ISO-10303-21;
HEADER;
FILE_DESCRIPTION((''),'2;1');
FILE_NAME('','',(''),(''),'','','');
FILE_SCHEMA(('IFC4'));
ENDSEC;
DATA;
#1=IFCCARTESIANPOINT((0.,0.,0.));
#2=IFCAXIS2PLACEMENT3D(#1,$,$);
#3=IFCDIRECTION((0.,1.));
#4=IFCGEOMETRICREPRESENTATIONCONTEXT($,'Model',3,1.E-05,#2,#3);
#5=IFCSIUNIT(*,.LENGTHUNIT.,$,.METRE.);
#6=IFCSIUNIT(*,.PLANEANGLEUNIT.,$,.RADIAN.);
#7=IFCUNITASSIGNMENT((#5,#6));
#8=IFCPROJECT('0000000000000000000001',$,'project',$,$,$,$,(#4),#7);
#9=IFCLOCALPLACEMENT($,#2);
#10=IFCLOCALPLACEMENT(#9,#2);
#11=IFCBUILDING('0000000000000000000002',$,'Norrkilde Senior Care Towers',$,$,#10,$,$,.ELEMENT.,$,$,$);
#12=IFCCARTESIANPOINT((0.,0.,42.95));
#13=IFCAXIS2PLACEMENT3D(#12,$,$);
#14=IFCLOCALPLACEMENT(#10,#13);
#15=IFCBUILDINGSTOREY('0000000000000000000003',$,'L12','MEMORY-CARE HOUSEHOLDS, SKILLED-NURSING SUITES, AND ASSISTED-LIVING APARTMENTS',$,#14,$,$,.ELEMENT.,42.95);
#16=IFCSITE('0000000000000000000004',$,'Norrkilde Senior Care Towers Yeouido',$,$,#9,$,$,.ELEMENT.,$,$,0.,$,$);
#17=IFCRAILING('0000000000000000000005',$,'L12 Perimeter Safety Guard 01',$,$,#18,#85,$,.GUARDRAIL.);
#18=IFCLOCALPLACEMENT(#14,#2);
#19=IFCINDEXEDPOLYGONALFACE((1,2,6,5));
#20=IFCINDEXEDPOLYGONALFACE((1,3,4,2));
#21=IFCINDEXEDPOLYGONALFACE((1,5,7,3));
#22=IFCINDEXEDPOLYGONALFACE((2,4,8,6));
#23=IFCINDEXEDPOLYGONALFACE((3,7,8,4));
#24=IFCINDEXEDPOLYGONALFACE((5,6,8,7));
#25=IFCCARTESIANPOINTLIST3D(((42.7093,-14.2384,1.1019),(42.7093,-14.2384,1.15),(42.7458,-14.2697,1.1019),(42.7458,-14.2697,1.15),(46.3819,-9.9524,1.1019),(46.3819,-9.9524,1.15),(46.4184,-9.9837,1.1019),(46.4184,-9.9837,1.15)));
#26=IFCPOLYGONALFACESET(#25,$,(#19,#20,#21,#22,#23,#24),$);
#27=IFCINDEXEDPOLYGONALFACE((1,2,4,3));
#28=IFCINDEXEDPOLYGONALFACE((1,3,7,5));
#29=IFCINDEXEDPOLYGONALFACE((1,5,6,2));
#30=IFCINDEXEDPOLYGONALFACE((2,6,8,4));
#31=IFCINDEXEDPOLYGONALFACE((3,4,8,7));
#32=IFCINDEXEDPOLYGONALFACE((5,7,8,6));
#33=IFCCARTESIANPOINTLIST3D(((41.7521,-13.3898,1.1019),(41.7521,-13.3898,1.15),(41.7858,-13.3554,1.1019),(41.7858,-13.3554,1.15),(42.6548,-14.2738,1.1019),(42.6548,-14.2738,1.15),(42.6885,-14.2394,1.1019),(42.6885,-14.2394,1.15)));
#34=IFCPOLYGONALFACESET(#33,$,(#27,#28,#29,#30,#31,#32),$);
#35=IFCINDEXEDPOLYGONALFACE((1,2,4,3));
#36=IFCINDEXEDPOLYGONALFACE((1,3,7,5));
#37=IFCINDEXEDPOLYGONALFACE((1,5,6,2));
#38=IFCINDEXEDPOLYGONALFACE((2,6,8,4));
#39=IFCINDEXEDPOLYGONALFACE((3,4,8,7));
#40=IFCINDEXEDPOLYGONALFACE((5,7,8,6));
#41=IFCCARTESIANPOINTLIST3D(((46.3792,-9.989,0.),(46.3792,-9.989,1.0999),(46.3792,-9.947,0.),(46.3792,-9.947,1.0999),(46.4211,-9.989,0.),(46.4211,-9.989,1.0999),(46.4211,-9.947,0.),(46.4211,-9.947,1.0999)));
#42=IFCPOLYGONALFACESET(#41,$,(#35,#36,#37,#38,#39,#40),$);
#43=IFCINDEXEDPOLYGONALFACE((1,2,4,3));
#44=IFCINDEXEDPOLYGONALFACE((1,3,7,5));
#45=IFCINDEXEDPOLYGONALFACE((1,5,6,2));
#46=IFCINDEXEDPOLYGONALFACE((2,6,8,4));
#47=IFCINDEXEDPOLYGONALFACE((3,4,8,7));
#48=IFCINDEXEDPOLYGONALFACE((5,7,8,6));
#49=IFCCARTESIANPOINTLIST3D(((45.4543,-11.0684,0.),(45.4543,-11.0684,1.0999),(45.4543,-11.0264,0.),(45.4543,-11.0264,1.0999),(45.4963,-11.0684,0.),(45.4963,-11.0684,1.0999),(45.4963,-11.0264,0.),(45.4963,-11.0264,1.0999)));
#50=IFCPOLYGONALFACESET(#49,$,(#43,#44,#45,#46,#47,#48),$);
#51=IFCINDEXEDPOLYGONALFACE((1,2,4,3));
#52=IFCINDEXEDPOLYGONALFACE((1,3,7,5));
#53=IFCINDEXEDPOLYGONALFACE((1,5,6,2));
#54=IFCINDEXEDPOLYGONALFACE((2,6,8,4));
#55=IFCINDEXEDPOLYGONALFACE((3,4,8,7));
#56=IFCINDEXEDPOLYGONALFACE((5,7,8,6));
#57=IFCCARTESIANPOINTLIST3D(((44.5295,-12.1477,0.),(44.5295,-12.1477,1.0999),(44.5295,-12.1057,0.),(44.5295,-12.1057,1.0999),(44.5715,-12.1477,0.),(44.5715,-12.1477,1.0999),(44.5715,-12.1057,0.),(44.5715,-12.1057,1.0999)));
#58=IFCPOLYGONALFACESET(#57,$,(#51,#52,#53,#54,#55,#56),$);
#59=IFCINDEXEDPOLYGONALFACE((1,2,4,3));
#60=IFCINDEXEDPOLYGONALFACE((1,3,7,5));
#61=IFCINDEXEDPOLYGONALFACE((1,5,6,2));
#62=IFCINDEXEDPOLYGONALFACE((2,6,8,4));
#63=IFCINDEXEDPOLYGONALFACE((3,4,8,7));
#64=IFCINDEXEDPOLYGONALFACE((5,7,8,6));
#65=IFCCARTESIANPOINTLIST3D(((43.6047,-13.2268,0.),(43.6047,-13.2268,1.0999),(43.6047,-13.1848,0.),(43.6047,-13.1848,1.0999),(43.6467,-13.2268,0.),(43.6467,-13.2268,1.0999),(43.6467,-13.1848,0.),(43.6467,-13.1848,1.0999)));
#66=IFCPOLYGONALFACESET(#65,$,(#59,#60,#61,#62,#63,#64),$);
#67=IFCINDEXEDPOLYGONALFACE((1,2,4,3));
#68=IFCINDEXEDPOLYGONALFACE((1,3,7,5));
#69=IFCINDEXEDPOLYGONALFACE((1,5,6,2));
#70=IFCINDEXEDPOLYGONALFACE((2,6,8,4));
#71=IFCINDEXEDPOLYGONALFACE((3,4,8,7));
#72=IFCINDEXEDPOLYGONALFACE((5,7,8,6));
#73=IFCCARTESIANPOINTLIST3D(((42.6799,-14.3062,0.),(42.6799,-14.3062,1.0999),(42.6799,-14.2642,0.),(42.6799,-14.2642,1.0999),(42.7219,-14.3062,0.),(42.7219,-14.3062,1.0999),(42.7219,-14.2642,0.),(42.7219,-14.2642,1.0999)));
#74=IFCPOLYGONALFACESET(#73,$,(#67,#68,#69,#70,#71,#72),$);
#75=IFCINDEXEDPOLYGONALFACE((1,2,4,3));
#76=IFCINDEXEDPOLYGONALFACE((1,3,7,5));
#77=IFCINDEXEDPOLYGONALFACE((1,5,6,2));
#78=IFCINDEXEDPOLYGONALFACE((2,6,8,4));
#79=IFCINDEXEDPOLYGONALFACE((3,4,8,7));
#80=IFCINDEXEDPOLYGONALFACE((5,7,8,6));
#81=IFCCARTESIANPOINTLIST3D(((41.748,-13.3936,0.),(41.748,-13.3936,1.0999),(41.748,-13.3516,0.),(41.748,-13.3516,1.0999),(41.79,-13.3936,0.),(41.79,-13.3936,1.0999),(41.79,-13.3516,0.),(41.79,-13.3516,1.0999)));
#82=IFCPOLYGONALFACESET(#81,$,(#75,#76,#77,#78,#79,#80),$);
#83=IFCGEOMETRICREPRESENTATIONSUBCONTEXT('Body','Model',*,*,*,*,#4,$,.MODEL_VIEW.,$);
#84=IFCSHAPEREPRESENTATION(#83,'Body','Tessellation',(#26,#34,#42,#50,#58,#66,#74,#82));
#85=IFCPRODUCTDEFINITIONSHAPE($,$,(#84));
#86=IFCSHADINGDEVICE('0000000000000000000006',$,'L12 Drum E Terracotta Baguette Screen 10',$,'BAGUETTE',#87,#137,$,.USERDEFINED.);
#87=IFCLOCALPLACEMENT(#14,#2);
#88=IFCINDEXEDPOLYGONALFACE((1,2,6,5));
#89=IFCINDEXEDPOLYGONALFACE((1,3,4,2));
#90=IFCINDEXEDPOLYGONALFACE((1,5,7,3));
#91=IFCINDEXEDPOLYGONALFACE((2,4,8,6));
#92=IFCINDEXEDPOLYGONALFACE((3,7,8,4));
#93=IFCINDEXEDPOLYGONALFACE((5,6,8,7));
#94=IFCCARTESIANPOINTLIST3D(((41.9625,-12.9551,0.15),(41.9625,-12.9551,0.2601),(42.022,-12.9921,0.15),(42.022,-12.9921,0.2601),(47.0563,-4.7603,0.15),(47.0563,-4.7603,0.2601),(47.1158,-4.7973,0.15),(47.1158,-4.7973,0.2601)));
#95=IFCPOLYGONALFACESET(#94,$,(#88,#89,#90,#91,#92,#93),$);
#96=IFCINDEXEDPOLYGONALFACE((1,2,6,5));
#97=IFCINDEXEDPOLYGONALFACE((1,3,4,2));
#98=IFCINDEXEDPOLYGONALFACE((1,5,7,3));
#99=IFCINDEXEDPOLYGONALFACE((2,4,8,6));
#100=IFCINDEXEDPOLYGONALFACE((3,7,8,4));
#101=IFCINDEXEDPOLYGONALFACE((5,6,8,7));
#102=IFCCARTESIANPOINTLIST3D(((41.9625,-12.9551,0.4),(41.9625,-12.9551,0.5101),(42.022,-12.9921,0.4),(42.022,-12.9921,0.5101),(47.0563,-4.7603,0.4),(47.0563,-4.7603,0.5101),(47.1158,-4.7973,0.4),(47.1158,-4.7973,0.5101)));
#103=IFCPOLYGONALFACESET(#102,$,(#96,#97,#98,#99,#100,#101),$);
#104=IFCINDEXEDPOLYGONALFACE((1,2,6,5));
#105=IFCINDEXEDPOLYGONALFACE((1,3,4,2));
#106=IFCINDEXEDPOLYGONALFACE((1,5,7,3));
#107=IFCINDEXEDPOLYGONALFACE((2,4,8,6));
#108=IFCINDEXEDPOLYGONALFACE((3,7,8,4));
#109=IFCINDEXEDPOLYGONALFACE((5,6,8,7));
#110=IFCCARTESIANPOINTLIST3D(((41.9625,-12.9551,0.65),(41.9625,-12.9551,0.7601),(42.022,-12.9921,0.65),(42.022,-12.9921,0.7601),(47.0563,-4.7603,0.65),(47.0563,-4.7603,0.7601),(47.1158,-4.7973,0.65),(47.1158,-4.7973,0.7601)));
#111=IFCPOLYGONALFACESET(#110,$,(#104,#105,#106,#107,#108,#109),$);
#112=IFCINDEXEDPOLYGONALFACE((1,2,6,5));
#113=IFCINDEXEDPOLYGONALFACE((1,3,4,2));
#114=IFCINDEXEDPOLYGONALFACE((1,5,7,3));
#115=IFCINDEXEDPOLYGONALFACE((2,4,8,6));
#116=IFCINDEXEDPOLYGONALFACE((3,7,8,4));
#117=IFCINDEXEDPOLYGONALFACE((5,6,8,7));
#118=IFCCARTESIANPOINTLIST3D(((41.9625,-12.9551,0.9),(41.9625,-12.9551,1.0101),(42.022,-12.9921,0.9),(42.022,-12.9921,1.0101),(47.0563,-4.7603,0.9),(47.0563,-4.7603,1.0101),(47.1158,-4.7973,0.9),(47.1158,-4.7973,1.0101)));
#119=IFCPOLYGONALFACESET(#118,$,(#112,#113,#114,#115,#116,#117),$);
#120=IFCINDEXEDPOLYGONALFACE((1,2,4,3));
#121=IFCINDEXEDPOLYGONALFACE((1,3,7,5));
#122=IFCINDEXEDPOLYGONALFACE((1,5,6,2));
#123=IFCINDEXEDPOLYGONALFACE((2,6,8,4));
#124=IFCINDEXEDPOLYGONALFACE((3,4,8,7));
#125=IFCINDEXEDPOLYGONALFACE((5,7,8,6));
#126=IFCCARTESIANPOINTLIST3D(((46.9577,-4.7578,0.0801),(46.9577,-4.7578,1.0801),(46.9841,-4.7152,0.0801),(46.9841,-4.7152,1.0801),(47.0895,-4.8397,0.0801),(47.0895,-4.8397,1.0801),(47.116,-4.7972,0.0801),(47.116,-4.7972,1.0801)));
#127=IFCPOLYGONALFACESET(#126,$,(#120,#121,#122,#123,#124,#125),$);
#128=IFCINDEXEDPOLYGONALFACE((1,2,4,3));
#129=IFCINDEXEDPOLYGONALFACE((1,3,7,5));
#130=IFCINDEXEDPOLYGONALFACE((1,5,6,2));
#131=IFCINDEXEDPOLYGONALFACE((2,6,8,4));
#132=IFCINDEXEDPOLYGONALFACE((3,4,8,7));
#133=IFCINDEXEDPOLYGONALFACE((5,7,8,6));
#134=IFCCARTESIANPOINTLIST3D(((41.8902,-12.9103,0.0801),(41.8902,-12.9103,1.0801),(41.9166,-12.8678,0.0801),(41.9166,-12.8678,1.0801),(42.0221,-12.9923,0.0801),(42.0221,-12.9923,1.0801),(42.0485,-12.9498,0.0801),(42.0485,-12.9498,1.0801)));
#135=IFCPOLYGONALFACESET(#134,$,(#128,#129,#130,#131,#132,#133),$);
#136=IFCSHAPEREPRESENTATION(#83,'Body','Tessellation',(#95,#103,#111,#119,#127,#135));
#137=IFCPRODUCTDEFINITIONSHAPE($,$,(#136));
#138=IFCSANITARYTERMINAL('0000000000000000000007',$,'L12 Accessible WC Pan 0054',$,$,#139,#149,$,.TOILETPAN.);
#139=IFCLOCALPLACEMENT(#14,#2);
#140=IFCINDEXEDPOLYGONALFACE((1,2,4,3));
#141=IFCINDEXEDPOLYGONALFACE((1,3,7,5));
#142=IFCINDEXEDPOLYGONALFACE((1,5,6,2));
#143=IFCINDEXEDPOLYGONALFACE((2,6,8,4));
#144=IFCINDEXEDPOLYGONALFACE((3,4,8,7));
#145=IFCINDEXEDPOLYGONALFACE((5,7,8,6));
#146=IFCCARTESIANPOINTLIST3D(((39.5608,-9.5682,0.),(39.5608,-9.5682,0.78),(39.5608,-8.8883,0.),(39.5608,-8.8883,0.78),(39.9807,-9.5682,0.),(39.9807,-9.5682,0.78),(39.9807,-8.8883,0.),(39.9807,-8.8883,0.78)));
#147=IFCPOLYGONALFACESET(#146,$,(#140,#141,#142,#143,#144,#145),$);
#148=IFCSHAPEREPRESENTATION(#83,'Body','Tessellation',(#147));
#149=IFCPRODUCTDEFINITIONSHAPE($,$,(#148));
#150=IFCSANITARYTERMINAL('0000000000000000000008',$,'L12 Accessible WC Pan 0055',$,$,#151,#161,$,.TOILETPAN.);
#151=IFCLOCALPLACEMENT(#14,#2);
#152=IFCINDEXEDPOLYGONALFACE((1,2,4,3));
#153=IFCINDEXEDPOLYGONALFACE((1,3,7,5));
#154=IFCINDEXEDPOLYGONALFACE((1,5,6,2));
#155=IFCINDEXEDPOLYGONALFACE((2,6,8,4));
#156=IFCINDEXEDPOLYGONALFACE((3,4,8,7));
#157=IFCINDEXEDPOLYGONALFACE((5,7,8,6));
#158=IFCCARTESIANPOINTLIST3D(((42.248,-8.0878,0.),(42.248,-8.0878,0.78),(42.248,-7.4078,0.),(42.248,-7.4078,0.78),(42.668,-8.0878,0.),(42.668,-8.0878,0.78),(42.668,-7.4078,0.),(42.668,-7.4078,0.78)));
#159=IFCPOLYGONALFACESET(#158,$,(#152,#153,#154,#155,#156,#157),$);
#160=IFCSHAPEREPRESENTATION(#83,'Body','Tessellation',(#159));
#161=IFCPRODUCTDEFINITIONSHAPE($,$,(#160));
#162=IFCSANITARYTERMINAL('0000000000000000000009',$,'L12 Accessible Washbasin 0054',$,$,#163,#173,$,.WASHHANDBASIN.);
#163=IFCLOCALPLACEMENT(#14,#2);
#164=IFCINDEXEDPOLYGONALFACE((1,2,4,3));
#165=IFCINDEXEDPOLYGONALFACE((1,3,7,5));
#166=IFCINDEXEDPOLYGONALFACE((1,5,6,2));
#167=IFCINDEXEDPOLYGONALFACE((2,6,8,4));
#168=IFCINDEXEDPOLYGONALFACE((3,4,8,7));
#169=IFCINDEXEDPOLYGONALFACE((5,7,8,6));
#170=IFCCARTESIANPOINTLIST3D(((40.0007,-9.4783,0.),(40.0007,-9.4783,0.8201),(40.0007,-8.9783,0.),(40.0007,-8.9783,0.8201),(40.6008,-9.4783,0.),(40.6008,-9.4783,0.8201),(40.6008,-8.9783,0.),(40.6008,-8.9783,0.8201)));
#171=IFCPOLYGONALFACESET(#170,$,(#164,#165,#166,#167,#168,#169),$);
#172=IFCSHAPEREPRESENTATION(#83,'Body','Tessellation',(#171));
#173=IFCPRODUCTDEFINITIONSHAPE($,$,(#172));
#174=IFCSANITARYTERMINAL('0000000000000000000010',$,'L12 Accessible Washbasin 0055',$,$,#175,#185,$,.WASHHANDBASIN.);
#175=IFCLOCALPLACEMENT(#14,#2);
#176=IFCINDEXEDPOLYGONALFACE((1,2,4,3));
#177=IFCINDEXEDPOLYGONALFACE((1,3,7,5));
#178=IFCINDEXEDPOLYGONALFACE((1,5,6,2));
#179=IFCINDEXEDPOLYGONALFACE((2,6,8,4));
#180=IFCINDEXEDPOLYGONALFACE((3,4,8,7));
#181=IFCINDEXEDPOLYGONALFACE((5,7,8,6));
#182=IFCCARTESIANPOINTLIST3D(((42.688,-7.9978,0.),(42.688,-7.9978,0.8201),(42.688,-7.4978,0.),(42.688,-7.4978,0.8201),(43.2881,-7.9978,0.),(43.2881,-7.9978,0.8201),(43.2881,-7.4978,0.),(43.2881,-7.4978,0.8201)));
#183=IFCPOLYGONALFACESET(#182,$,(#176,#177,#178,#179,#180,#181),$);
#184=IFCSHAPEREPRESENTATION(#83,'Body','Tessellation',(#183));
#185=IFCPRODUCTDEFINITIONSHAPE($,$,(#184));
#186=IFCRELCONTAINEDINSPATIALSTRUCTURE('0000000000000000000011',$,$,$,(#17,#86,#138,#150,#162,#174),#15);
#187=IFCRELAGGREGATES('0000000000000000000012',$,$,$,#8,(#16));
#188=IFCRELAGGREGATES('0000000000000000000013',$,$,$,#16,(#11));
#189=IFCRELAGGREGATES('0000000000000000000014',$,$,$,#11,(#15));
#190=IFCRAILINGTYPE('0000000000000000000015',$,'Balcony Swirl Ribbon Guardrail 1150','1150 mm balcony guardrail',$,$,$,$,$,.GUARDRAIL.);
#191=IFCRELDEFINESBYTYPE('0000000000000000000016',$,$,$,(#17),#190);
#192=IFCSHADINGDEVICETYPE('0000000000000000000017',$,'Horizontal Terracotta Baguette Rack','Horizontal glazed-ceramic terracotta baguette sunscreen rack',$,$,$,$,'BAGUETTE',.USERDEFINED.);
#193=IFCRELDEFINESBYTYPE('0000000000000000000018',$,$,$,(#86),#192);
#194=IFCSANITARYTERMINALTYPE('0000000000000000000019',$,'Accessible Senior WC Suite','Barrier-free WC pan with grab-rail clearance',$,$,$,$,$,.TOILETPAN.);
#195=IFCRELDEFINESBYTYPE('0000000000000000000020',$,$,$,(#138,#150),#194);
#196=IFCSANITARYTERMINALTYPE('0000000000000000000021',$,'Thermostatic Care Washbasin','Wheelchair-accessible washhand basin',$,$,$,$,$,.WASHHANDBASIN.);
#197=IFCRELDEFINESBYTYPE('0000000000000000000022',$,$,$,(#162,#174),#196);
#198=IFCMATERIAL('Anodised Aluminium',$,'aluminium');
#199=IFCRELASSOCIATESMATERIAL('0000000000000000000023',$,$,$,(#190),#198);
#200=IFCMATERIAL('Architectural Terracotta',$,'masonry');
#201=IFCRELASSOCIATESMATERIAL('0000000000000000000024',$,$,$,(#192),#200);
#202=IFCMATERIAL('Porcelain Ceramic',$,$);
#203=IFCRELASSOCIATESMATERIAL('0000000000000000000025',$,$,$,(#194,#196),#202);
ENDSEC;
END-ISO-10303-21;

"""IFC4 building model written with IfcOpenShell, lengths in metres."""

from ifc_helpers import new_model, si_unit, direction, frame, origin, origin_2d, place, context, subcontext, project, spatial, rectangle, extrude, source, transform, mapped, material, type_object, type_shapes, element, save


model = new_model("IFC4")

# Units and contexts
model_context = context("Model", 3, precision=1e-05, world=origin(), true_north=direction((0.0, 1.0)))
body_context = subcontext(model_context, "Body", "Model", "MODEL_VIEW")
ifc_project = project(units=[si_unit("LENGTHUNIT", "METRE"), si_unit("PLANEANGLEUNIT", "RADIAN")], contexts=[model_context])

# Site, building, storey
site_placement = place(None, origin())
site = spatial("IfcSite", under=ifc_project, at=site_placement, Name="Norrkilde Senior Care Towers Yeouido", CompositionType="ELEMENT", RefElevation=0.0)
building_placement = place(site_placement, origin())
building = spatial("IfcBuilding", under=site, at=building_placement, Name="Norrkilde Senior Care Towers", CompositionType="ELEMENT")
storey_placement = place(building_placement, frame((0.0, 0.0, 42.95)))
storey = spatial("IfcBuildingStorey", under=building, at=storey_placement, Name="L12", Description="MEMORY-CARE HOUSEHOLDS, SKILLED-NURSING SUITES, AND ASSISTED-LIVING APARTMENTS", CompositionType="ELEMENT", Elevation=42.95)

# Shared definitions
ifc_material_1 = material(Name="Anodised Aluminium", Category="aluminium")

# Railing
railing_type = type_object("IfcRailingType", Name="Balcony Swirl Ribbon Guardrail 1150", Description="1150 mm balcony guardrail", PredefinedType="GUARDRAIL", material=ifc_material_1)
railing_placement = place(storey_placement, frame((46.4001, -9.968, 0.0)))
element("IfcRailing", 1, at=railing_placement, inside=storey, type_object=railing_type, Name="L12 Perimeter Safety Guard 01", PredefinedType="GUARDRAIL", context=body_context, shape_type="SweptSolid", body=[
    extrude(rectangle(XDim=0.0481, YDim=0.0481, at=origin_2d()), frame((0.0, 0.0, 1.126), z_axis=(-0.650671, -0.75936, 0.0), x_axis=(0.75936, -0.650671, 0.0)), (0.0, 0.0, 1.0), 5.6443),
    extrude(rectangle(XDim=0.0481, YDim=0.0481, at=origin_2d()), frame((-3.7285, -4.2886, 1.126), z_axis=(-0.714462, 0.699675, 0.0), x_axis=(-0.699675, -0.714462, 0.0)), (0.0, 0.0, 1.0), 1.2634),
    extrude(rectangle(XDim=0.042, YDim=0.042, at=origin_2d()), origin(), (0.0, 0.0, 1.0), 1.0999),
    extrude(rectangle(XDim=0.042, YDim=0.042, at=origin_2d()), frame((-0.9248, -1.0793, 0.0)), (0.0, 0.0, 1.0), 1.0999),
    extrude(rectangle(XDim=0.042, YDim=0.042, at=origin_2d()), frame((-1.8496, -2.1587, 0.0)), (0.0, 0.0, 1.0), 1.0999),
    extrude(rectangle(XDim=0.042, YDim=0.042, at=origin_2d()), frame((-2.7744, -3.2378, 0.0)), (0.0, 0.0, 1.0), 1.0999),
    extrude(rectangle(XDim=0.042, YDim=0.042, at=origin_2d()), frame((-3.6992, -4.3171, 0.0)), (0.0, 0.0, 1.0), 1.0999),
    extrude(rectangle(XDim=0.042, YDim=0.042, at=origin_2d()), frame((-4.6311, -3.4045, 0.0)), (0.0, 0.0, 1.0), 1.0999),
])

# Shading device
ifc_material_2 = material(Name="Architectural Terracotta", Category="masonry")
shading_device_type = type_object("IfcShadingDeviceType", Name="Horizontal Terracotta Baguette Rack", Description="Horizontal glazed-ceramic terracotta baguette sunscreen rack", ElementType="BAGUETTE", PredefinedType="USERDEFINED", material=ifc_material_2)
shared_shape_1 = source(origin(), body_context, "Body", "SweptSolid", [
    extrude(rectangle(XDim=0.0701, YDim=0.1101, at=origin_2d()), frame((0.0, 0.0901, 0.125), z_axis=(1.0, 0.0, 0.0), x_axis=(0.0, 1.0, 0.0)), (0.0, 0.0, 1.0), 9.6489),
    extrude(rectangle(XDim=0.0701, YDim=0.1101, at=origin_2d()), frame((0.0, 0.0901, 0.375), z_axis=(1.0, 0.0, 0.0), x_axis=(0.0, 1.0, 0.0)), (0.0, 0.0, 1.0), 9.6489),
    extrude(rectangle(XDim=0.0701, YDim=0.1101, at=origin_2d()), frame((0.0, 0.0901, 0.625), z_axis=(1.0, 0.0, 0.0), x_axis=(0.0, 1.0, 0.0)), (0.0, 0.0, 1.0), 9.6489),
    extrude(rectangle(XDim=0.0701, YDim=0.1101, at=origin_2d()), frame((0.0, 0.0901, 0.875), z_axis=(1.0, 0.0, 0.0), x_axis=(0.0, 1.0, 0.0)), (0.0, 0.0, 1.0), 9.6489),
    extrude(rectangle(XDim=0.05, YDim=0.1553, at=origin_2d()), frame((0.0249, 0.0476, 0.0)), (0.0, 0.0, 1.0), 1.0),
    extrude(rectangle(XDim=0.05, YDim=0.1553, at=origin_2d()), frame((9.624, 0.0476, 0.0)), (0.0, 0.0, 1.0), 1.0),
])
type_shapes(shading_device_type, [shared_shape_1])
shading_device_placement = place(storey_placement, frame((47.0095, -4.7312, 0.0801), z_axis=(0.0, 0.0, 1.0), x_axis=(-0.527909, -0.849299, 0.0)))
element("IfcShadingDevice", 2, at=shading_device_placement, inside=storey, type_object=shading_device_type, Name="L12 Drum E Terracotta Baguette Screen 10", ObjectType="BAGUETTE", PredefinedType="USERDEFINED", context=body_context, shape_type="MappedRepresentation", body=[
    mapped(shared_shape_1, transform((0.0, 0.0, 0.0), x_axis=(1.0, 0.0, 0.0), y_axis=(0.0, 1.0, 0.0), z_axis=(0.0, 0.0, 1.0), scale=1.0)),
])

# Sanitary terminals
ifc_material_3 = material(Name="Porcelain Ceramic")
sanitary_terminal_type_1 = type_object("IfcSanitaryTerminalType", Name="Accessible Senior WC Suite", Description="Barrier-free WC pan with grab-rail clearance", PredefinedType="TOILETPAN", material=ifc_material_3)
shared_shape_2 = source(origin(), body_context, "Body", "SweptSolid", [
    extrude(rectangle(XDim=0.4199, YDim=0.6799, at=origin_2d()), origin(), (0.0, 0.0, 1.0), 0.78),
])
type_shapes(sanitary_terminal_type_1, [shared_shape_2])
for number, where, z_axis, x_axis, name in (
    (3, (39.7708, -9.2283, 0.0), (0.0, 0.0, 1.0), (1.0, 0.0, 0.0), "L12 Accessible WC Pan 0054"),
    (4, (42.458, -7.7478, 0.0), (0.0, 0.0, 1.0), (1.0, 0.0, 0.0), "L12 Accessible WC Pan 0055"),
):
    element("IfcSanitaryTerminal", number, at=place(storey_placement, frame(where, z_axis=z_axis, x_axis=x_axis)), inside=storey, type_object=sanitary_terminal_type_1, Name=name, PredefinedType="TOILETPAN", context=body_context, shape_type="MappedRepresentation", body=[
        mapped(shared_shape_2, transform((0.0, 0.0, 0.0), x_axis=(1.0, 0.0, 0.0), y_axis=(0.0, 1.0, 0.0), z_axis=(0.0, 0.0, 1.0), scale=1.0)),
    ])
sanitary_terminal_type_2 = type_object("IfcSanitaryTerminalType", Name="Thermostatic Care Washbasin", Description="Wheelchair-accessible washhand basin", PredefinedType="WASHHANDBASIN", material=ifc_material_3)
shared_shape_3 = source(origin(), body_context, "Body", "SweptSolid", [
    extrude(rectangle(XDim=0.6001, YDim=0.5, at=origin_2d()), origin(), (0.0, 0.0, 1.0), 0.8201),
])
type_shapes(sanitary_terminal_type_2, [shared_shape_3])
for number, where, z_axis, x_axis, name in (
    (5, (40.3008, -9.2283, 0.0), (0.0, 0.0, 1.0), (1.0, 0.0, 0.0), "L12 Accessible Washbasin 0054"),
    (6, (42.988, -7.7478, 0.0), (0.0, 0.0, 1.0), (1.0, 0.0, 0.0), "L12 Accessible Washbasin 0055"),
):
    element("IfcSanitaryTerminal", number, at=place(storey_placement, frame(where, z_axis=z_axis, x_axis=x_axis)), inside=storey, type_object=sanitary_terminal_type_2, Name=name, PredefinedType="WASHHANDBASIN", context=body_context, shape_type="MappedRepresentation", body=[
        mapped(shared_shape_3, transform((0.0, 0.0, 0.0), x_axis=(1.0, 0.0, 0.0), y_axis=(0.0, 1.0, 0.0), z_axis=(0.0, 0.0, 1.0), scale=1.0)),
    ])

save(model, "model.ifc")
